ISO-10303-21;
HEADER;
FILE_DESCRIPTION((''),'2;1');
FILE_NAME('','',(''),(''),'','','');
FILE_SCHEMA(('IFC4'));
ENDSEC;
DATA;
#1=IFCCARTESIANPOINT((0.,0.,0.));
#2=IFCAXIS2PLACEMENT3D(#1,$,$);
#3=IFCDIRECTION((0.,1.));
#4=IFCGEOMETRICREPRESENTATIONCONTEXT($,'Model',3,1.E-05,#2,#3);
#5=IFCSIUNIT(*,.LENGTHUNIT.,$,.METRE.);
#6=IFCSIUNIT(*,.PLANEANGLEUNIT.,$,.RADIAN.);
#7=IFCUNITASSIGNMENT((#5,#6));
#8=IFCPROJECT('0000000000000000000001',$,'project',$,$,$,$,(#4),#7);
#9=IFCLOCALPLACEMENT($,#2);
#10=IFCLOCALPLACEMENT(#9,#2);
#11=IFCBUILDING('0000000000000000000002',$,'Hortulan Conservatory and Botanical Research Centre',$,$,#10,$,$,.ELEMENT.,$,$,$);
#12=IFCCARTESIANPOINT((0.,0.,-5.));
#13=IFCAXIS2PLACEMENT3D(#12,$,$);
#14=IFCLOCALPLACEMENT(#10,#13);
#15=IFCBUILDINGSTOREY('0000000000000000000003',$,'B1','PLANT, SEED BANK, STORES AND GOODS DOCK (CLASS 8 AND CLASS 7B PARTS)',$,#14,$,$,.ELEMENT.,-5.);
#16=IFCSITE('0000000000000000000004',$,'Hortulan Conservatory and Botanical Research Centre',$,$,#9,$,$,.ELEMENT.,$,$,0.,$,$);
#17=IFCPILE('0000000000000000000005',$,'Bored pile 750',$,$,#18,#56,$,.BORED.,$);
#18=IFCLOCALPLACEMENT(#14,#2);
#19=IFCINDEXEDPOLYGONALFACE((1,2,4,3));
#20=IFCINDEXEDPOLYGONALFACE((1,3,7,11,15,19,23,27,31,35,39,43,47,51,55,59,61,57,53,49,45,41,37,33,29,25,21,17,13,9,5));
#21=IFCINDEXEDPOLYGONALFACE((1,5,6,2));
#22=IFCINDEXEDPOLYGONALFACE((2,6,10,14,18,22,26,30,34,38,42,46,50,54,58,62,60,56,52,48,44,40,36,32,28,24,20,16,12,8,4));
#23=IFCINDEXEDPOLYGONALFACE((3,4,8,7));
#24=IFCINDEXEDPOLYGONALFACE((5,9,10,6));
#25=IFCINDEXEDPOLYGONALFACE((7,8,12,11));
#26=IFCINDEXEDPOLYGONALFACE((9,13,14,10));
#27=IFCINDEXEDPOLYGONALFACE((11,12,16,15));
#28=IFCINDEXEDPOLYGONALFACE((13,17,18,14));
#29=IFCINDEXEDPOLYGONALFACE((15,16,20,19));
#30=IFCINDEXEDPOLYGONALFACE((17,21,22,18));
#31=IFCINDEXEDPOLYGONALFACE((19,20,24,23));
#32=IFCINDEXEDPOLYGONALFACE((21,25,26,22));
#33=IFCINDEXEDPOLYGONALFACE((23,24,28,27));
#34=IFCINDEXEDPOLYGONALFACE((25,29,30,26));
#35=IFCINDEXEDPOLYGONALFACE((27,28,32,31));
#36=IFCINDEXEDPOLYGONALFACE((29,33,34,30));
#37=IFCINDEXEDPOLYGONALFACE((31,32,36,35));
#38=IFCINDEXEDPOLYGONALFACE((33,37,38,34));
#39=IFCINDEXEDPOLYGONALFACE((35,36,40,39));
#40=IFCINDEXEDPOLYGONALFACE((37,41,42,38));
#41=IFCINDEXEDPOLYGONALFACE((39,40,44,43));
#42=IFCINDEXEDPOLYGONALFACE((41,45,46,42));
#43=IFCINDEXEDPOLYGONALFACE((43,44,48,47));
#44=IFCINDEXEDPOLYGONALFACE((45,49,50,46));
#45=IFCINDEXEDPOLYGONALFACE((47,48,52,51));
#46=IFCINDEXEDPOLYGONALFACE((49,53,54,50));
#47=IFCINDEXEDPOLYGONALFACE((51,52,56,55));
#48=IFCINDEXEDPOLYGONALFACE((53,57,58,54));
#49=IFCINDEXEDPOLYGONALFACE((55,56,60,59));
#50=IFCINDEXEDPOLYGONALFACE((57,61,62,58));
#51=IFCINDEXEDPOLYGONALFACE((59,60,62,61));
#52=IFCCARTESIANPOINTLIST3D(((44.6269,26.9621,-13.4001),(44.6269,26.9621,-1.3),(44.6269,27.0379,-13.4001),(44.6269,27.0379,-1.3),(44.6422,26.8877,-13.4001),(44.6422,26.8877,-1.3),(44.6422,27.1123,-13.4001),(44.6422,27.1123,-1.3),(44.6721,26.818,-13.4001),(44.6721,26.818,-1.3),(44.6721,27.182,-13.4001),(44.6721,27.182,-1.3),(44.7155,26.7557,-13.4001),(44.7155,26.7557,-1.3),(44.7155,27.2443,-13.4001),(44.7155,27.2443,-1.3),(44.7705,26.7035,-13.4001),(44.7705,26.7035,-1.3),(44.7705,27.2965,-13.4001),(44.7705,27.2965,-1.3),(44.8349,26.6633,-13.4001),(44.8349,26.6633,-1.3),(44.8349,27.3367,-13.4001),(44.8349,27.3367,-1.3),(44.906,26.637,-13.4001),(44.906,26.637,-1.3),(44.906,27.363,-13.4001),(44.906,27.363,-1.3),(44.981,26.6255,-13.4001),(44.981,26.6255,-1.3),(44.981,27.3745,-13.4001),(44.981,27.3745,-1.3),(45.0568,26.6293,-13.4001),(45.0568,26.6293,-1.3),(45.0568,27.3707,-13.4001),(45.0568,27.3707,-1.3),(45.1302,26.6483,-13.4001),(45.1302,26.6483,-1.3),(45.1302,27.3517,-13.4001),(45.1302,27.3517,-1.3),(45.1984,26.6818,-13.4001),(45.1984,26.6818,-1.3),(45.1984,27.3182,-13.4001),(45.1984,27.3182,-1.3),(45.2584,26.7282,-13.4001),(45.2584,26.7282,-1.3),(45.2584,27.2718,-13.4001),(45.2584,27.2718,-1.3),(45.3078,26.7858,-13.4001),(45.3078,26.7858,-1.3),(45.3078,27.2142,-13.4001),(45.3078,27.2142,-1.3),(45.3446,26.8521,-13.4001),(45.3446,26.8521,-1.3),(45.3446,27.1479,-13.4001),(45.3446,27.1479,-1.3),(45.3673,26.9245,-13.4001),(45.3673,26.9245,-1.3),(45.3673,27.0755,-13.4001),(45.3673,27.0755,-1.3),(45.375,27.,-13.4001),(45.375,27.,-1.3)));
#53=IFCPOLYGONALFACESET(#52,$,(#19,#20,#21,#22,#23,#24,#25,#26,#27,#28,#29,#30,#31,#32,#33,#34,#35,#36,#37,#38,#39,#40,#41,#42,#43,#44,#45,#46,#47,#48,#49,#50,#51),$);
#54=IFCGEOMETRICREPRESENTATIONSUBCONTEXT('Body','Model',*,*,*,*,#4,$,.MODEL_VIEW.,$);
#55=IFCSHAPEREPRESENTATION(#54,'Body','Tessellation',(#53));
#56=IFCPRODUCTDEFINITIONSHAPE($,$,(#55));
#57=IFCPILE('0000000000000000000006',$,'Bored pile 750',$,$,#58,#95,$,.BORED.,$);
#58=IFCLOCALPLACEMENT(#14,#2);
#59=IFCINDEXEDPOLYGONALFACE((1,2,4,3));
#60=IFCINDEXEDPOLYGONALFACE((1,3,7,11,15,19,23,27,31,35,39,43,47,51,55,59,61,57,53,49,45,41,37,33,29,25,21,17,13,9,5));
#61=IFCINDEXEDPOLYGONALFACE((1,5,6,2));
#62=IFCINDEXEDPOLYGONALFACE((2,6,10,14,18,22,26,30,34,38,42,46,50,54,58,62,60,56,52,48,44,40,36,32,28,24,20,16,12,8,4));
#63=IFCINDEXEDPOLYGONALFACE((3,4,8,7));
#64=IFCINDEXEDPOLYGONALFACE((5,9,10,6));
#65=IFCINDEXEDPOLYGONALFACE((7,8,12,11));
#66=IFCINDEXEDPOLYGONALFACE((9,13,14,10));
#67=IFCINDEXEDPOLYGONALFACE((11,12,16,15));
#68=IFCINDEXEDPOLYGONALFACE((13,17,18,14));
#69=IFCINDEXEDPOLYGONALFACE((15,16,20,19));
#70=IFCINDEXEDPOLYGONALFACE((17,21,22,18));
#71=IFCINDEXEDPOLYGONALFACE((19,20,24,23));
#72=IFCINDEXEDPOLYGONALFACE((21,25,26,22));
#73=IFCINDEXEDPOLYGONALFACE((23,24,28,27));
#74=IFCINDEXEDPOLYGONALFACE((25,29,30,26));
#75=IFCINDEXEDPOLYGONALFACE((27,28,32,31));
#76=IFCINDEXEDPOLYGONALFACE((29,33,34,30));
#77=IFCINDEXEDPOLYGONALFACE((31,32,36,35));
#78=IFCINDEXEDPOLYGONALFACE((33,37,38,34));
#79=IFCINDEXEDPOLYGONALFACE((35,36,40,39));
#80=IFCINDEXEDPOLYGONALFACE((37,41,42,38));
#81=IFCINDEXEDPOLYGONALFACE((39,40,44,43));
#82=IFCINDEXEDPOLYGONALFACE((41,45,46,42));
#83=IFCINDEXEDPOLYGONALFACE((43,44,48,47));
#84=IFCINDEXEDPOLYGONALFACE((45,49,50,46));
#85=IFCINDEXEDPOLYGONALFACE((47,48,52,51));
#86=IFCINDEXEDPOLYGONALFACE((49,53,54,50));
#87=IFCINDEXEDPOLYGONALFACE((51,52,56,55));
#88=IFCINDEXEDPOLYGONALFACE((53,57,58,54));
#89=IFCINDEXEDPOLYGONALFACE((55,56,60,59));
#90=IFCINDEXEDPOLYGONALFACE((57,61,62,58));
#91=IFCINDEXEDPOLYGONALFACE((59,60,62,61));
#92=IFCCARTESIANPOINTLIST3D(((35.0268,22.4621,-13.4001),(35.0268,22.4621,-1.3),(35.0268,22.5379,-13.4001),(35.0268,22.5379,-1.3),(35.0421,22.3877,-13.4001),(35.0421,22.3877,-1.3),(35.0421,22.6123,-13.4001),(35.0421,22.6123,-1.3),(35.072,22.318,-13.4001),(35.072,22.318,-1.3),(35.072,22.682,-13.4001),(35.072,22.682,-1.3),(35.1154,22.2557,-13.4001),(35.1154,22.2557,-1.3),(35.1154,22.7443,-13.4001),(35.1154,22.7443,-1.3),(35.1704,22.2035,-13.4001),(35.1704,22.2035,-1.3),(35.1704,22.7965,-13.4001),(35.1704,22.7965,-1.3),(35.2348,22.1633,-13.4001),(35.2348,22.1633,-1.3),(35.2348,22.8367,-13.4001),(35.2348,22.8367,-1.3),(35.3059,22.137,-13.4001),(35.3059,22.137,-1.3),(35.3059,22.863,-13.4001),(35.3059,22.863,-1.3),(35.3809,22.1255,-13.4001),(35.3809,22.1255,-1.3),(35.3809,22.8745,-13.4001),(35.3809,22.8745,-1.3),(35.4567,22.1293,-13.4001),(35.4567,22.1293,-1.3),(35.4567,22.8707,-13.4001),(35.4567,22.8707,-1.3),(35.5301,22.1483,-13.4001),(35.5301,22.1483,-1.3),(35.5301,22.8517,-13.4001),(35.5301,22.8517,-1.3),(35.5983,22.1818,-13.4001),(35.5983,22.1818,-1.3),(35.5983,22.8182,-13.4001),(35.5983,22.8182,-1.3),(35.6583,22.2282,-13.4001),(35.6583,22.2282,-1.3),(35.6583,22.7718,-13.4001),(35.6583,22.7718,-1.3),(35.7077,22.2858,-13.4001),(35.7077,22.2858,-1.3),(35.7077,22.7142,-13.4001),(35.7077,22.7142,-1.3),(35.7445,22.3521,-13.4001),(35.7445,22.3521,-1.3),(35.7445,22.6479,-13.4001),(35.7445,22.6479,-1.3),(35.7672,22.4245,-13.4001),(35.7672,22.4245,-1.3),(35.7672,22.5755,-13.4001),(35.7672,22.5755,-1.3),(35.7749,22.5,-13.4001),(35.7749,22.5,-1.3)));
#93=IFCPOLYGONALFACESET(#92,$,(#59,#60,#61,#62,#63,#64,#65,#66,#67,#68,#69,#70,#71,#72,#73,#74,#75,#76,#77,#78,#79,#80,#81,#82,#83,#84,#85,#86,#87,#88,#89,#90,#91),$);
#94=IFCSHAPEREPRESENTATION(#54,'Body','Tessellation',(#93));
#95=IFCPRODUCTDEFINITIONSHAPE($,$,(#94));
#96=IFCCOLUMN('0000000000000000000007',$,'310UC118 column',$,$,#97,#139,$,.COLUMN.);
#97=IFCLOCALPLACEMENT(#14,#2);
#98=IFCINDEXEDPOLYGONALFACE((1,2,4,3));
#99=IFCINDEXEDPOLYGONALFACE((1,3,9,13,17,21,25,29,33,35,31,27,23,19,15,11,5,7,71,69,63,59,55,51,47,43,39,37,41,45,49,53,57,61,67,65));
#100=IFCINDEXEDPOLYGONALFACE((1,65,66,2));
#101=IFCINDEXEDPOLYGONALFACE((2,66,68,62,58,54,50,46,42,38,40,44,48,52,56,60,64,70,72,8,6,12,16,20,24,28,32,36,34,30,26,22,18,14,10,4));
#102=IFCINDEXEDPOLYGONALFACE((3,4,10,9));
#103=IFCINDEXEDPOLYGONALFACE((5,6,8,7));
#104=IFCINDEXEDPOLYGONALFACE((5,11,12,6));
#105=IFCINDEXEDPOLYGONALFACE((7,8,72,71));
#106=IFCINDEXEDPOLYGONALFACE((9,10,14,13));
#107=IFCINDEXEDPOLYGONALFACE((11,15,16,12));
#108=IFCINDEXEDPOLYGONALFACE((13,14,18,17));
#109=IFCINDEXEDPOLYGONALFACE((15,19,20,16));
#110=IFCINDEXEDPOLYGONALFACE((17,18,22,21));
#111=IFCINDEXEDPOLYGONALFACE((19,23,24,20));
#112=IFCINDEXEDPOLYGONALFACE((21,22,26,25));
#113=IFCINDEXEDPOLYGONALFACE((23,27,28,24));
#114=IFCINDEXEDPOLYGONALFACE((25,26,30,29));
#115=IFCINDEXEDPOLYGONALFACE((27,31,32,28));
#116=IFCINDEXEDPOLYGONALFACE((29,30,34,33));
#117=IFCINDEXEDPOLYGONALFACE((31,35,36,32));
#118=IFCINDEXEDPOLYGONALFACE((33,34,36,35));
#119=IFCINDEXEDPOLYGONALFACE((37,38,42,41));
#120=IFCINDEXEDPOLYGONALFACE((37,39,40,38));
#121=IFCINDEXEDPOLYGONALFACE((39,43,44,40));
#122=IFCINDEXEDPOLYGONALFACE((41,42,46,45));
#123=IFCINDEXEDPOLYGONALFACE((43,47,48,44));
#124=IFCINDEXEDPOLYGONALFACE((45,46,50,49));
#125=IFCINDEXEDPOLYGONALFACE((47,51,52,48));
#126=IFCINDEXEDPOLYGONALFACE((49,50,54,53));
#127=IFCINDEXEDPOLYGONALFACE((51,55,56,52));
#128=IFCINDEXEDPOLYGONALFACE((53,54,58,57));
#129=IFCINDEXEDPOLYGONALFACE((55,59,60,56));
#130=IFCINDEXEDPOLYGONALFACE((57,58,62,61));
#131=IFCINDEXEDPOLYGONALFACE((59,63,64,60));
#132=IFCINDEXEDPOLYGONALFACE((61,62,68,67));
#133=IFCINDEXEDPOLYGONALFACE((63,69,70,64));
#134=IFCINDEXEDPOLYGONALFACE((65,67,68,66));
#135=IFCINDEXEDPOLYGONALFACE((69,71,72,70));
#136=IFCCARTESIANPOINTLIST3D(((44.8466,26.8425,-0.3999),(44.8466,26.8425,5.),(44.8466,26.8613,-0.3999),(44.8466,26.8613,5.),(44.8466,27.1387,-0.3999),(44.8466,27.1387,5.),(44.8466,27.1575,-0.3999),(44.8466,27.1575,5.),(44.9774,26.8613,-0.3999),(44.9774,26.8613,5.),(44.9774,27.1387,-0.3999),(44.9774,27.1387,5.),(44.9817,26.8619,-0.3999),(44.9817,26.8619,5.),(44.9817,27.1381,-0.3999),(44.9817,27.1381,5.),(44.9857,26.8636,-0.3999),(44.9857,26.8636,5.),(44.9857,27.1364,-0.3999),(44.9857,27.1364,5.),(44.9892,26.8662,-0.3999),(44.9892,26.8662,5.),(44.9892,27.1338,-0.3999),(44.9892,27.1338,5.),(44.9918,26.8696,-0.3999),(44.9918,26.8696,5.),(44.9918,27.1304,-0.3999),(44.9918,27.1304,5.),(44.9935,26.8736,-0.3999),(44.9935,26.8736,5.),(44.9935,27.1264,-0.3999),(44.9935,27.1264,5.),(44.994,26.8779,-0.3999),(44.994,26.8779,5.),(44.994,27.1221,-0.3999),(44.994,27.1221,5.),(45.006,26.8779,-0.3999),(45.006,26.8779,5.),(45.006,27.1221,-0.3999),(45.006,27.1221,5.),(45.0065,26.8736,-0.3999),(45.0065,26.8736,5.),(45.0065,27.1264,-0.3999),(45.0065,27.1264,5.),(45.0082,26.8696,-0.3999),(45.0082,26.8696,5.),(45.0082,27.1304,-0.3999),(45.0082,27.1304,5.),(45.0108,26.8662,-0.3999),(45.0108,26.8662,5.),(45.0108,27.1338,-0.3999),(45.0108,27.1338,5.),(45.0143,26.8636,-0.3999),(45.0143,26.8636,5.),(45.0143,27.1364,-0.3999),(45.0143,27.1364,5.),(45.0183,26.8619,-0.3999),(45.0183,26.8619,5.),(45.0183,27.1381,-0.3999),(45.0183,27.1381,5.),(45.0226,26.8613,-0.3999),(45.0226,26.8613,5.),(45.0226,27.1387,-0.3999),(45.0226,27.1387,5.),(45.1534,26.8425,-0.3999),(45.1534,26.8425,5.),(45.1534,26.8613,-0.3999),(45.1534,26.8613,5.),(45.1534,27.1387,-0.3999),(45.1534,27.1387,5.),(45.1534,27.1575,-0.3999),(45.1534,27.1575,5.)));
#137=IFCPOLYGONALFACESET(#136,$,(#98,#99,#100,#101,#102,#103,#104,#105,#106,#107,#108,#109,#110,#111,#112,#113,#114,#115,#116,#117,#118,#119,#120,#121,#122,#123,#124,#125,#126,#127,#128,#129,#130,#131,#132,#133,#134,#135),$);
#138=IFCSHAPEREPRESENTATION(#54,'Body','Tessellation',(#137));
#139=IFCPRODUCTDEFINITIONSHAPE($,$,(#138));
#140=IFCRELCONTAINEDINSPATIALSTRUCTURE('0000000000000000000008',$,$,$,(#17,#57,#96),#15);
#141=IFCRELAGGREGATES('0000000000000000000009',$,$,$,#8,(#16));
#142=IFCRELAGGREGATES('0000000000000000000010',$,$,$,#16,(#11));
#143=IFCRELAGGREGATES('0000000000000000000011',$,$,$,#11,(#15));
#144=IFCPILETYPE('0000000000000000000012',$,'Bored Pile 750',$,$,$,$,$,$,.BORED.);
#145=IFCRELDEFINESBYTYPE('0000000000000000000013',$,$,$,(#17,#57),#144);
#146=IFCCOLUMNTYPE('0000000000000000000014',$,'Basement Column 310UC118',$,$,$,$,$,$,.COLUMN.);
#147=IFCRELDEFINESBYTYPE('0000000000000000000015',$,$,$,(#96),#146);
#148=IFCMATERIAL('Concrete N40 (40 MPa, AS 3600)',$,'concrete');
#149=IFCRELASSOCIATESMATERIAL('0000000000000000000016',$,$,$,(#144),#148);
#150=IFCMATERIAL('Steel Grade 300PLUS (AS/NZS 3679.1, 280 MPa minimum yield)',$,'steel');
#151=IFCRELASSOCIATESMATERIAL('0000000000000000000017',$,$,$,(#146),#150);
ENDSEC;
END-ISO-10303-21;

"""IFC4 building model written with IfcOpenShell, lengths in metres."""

from ifc_helpers import new_model, si_unit, direction, frame, origin, origin_2d, place, context, subcontext, project, spatial, circle, i_section, extrude, material, material_profile, profile_set, type_object, element, save


model = new_model("IFC4")

# Units and contexts
model_context = context("Model", 3, precision=1e-05, world=origin(), true_north=direction((0.0, 1.0)))
body_context = subcontext(model_context, "Body", "Model", "MODEL_VIEW")
ifc_project = project(units=[si_unit("LENGTHUNIT", "METRE"), si_unit("PLANEANGLEUNIT", "RADIAN")], contexts=[model_context])

# Site, building, storey
site_placement = place(None, origin())
site = spatial("IfcSite", under=ifc_project, at=site_placement, Name="Hortulan Conservatory and Botanical Research Centre", CompositionType="ELEMENT", RefElevation=0.0)
building_placement = place(site_placement, origin())
building = spatial("IfcBuilding", under=site, at=building_placement, Name="Hortulan Conservatory and Botanical Research Centre", CompositionType="ELEMENT")
storey_placement = place(building_placement, frame((0.0, 0.0, -5.0)))
storey = spatial("IfcBuildingStorey", under=building, at=storey_placement, Name="B1", Description="PLANT, SEED BANK, STORES AND GOODS DOCK (CLASS 8 AND CLASS 7B PARTS)", CompositionType="ELEMENT", Elevation=-5.0)

# Piles
ifc_material_1 = material(Name="Concrete N40 (40 MPa, AS 3600)", Category="concrete")
ifc_material_profile_1 = material_profile(ifc_material_1, circle(Radius=0.375, at=origin_2d()), Name="Bored pile 750 diameter")
ifc_profile_set_1 = profile_set([ifc_material_profile_1], Name="Concrete N40 (40 MPa, AS 3600)")
pile_type = type_object("IfcPileType", Name="Bored Pile 750", PredefinedType="BORED", material=ifc_profile_set_1)
for number, where, z_axis, x_axis, name in (
    (1, (45.0, 27.0, -1.3), (0.0, 0.0, -1.0), (1.0, 0.0, 0.0), "Bored pile 750"),
    (2, (35.3999, 22.5, -1.3), (0.0, 0.0, -1.0), (1.0, 0.0, 0.0), "Bored pile 750"),
):
    element("IfcPile", number, at=place(storey_placement, frame(where, z_axis=z_axis, x_axis=x_axis)), inside=storey, type_object=pile_type, Name=name, PredefinedType="BORED", context=body_context, shape_type="SweptSolid", body=[
        extrude(circle(Radius=0.375, at=origin_2d()), origin(), (0.0, 0.0, 1.0), 12.1001),
    ])

# Column
ifc_material_2 = material(Name="Steel Grade 300PLUS (AS/NZS 3679.1, 280 MPa minimum yield)", Category="steel")
ifc_material_profile_2 = material_profile(ifc_material_2, i_section(OverallWidth=0.3069, OverallDepth=0.3149, WebThickness=0.012, FlangeThickness=0.0188, FilletRadius=0.0166, at=origin_2d()), Name="310UC118")
ifc_profile_set_2 = profile_set([ifc_material_profile_2], Name="Steel Grade 300PLUS (AS/NZS 3679.1, 280 MPa minimum yield)")
column_type_1 = type_object("IfcColumnType", Name="Basement Column 310UC118", PredefinedType="COLUMN", material=ifc_profile_set_2)
column_1_placement = place(storey_placement, frame((45.0, 27.0, -0.3999), z_axis=(0.0, 0.0, 1.0), x_axis=(1.0, 0.0, 0.0)))
element("IfcColumn", 3, at=column_1_placement, inside=storey, type_object=column_type_1, Name="310UC118 column", PredefinedType="COLUMN", context=body_context, shape_type="SweptSolid", body=[
    extrude(i_section(OverallWidth=0.3069, OverallDepth=0.3149, WebThickness=0.012, FlangeThickness=0.0188, FilletRadius=0.0166, at=origin_2d()), origin(), (0.0, 0.0, 1.0), 5.3999),
])

save(model, "model.ifc")
